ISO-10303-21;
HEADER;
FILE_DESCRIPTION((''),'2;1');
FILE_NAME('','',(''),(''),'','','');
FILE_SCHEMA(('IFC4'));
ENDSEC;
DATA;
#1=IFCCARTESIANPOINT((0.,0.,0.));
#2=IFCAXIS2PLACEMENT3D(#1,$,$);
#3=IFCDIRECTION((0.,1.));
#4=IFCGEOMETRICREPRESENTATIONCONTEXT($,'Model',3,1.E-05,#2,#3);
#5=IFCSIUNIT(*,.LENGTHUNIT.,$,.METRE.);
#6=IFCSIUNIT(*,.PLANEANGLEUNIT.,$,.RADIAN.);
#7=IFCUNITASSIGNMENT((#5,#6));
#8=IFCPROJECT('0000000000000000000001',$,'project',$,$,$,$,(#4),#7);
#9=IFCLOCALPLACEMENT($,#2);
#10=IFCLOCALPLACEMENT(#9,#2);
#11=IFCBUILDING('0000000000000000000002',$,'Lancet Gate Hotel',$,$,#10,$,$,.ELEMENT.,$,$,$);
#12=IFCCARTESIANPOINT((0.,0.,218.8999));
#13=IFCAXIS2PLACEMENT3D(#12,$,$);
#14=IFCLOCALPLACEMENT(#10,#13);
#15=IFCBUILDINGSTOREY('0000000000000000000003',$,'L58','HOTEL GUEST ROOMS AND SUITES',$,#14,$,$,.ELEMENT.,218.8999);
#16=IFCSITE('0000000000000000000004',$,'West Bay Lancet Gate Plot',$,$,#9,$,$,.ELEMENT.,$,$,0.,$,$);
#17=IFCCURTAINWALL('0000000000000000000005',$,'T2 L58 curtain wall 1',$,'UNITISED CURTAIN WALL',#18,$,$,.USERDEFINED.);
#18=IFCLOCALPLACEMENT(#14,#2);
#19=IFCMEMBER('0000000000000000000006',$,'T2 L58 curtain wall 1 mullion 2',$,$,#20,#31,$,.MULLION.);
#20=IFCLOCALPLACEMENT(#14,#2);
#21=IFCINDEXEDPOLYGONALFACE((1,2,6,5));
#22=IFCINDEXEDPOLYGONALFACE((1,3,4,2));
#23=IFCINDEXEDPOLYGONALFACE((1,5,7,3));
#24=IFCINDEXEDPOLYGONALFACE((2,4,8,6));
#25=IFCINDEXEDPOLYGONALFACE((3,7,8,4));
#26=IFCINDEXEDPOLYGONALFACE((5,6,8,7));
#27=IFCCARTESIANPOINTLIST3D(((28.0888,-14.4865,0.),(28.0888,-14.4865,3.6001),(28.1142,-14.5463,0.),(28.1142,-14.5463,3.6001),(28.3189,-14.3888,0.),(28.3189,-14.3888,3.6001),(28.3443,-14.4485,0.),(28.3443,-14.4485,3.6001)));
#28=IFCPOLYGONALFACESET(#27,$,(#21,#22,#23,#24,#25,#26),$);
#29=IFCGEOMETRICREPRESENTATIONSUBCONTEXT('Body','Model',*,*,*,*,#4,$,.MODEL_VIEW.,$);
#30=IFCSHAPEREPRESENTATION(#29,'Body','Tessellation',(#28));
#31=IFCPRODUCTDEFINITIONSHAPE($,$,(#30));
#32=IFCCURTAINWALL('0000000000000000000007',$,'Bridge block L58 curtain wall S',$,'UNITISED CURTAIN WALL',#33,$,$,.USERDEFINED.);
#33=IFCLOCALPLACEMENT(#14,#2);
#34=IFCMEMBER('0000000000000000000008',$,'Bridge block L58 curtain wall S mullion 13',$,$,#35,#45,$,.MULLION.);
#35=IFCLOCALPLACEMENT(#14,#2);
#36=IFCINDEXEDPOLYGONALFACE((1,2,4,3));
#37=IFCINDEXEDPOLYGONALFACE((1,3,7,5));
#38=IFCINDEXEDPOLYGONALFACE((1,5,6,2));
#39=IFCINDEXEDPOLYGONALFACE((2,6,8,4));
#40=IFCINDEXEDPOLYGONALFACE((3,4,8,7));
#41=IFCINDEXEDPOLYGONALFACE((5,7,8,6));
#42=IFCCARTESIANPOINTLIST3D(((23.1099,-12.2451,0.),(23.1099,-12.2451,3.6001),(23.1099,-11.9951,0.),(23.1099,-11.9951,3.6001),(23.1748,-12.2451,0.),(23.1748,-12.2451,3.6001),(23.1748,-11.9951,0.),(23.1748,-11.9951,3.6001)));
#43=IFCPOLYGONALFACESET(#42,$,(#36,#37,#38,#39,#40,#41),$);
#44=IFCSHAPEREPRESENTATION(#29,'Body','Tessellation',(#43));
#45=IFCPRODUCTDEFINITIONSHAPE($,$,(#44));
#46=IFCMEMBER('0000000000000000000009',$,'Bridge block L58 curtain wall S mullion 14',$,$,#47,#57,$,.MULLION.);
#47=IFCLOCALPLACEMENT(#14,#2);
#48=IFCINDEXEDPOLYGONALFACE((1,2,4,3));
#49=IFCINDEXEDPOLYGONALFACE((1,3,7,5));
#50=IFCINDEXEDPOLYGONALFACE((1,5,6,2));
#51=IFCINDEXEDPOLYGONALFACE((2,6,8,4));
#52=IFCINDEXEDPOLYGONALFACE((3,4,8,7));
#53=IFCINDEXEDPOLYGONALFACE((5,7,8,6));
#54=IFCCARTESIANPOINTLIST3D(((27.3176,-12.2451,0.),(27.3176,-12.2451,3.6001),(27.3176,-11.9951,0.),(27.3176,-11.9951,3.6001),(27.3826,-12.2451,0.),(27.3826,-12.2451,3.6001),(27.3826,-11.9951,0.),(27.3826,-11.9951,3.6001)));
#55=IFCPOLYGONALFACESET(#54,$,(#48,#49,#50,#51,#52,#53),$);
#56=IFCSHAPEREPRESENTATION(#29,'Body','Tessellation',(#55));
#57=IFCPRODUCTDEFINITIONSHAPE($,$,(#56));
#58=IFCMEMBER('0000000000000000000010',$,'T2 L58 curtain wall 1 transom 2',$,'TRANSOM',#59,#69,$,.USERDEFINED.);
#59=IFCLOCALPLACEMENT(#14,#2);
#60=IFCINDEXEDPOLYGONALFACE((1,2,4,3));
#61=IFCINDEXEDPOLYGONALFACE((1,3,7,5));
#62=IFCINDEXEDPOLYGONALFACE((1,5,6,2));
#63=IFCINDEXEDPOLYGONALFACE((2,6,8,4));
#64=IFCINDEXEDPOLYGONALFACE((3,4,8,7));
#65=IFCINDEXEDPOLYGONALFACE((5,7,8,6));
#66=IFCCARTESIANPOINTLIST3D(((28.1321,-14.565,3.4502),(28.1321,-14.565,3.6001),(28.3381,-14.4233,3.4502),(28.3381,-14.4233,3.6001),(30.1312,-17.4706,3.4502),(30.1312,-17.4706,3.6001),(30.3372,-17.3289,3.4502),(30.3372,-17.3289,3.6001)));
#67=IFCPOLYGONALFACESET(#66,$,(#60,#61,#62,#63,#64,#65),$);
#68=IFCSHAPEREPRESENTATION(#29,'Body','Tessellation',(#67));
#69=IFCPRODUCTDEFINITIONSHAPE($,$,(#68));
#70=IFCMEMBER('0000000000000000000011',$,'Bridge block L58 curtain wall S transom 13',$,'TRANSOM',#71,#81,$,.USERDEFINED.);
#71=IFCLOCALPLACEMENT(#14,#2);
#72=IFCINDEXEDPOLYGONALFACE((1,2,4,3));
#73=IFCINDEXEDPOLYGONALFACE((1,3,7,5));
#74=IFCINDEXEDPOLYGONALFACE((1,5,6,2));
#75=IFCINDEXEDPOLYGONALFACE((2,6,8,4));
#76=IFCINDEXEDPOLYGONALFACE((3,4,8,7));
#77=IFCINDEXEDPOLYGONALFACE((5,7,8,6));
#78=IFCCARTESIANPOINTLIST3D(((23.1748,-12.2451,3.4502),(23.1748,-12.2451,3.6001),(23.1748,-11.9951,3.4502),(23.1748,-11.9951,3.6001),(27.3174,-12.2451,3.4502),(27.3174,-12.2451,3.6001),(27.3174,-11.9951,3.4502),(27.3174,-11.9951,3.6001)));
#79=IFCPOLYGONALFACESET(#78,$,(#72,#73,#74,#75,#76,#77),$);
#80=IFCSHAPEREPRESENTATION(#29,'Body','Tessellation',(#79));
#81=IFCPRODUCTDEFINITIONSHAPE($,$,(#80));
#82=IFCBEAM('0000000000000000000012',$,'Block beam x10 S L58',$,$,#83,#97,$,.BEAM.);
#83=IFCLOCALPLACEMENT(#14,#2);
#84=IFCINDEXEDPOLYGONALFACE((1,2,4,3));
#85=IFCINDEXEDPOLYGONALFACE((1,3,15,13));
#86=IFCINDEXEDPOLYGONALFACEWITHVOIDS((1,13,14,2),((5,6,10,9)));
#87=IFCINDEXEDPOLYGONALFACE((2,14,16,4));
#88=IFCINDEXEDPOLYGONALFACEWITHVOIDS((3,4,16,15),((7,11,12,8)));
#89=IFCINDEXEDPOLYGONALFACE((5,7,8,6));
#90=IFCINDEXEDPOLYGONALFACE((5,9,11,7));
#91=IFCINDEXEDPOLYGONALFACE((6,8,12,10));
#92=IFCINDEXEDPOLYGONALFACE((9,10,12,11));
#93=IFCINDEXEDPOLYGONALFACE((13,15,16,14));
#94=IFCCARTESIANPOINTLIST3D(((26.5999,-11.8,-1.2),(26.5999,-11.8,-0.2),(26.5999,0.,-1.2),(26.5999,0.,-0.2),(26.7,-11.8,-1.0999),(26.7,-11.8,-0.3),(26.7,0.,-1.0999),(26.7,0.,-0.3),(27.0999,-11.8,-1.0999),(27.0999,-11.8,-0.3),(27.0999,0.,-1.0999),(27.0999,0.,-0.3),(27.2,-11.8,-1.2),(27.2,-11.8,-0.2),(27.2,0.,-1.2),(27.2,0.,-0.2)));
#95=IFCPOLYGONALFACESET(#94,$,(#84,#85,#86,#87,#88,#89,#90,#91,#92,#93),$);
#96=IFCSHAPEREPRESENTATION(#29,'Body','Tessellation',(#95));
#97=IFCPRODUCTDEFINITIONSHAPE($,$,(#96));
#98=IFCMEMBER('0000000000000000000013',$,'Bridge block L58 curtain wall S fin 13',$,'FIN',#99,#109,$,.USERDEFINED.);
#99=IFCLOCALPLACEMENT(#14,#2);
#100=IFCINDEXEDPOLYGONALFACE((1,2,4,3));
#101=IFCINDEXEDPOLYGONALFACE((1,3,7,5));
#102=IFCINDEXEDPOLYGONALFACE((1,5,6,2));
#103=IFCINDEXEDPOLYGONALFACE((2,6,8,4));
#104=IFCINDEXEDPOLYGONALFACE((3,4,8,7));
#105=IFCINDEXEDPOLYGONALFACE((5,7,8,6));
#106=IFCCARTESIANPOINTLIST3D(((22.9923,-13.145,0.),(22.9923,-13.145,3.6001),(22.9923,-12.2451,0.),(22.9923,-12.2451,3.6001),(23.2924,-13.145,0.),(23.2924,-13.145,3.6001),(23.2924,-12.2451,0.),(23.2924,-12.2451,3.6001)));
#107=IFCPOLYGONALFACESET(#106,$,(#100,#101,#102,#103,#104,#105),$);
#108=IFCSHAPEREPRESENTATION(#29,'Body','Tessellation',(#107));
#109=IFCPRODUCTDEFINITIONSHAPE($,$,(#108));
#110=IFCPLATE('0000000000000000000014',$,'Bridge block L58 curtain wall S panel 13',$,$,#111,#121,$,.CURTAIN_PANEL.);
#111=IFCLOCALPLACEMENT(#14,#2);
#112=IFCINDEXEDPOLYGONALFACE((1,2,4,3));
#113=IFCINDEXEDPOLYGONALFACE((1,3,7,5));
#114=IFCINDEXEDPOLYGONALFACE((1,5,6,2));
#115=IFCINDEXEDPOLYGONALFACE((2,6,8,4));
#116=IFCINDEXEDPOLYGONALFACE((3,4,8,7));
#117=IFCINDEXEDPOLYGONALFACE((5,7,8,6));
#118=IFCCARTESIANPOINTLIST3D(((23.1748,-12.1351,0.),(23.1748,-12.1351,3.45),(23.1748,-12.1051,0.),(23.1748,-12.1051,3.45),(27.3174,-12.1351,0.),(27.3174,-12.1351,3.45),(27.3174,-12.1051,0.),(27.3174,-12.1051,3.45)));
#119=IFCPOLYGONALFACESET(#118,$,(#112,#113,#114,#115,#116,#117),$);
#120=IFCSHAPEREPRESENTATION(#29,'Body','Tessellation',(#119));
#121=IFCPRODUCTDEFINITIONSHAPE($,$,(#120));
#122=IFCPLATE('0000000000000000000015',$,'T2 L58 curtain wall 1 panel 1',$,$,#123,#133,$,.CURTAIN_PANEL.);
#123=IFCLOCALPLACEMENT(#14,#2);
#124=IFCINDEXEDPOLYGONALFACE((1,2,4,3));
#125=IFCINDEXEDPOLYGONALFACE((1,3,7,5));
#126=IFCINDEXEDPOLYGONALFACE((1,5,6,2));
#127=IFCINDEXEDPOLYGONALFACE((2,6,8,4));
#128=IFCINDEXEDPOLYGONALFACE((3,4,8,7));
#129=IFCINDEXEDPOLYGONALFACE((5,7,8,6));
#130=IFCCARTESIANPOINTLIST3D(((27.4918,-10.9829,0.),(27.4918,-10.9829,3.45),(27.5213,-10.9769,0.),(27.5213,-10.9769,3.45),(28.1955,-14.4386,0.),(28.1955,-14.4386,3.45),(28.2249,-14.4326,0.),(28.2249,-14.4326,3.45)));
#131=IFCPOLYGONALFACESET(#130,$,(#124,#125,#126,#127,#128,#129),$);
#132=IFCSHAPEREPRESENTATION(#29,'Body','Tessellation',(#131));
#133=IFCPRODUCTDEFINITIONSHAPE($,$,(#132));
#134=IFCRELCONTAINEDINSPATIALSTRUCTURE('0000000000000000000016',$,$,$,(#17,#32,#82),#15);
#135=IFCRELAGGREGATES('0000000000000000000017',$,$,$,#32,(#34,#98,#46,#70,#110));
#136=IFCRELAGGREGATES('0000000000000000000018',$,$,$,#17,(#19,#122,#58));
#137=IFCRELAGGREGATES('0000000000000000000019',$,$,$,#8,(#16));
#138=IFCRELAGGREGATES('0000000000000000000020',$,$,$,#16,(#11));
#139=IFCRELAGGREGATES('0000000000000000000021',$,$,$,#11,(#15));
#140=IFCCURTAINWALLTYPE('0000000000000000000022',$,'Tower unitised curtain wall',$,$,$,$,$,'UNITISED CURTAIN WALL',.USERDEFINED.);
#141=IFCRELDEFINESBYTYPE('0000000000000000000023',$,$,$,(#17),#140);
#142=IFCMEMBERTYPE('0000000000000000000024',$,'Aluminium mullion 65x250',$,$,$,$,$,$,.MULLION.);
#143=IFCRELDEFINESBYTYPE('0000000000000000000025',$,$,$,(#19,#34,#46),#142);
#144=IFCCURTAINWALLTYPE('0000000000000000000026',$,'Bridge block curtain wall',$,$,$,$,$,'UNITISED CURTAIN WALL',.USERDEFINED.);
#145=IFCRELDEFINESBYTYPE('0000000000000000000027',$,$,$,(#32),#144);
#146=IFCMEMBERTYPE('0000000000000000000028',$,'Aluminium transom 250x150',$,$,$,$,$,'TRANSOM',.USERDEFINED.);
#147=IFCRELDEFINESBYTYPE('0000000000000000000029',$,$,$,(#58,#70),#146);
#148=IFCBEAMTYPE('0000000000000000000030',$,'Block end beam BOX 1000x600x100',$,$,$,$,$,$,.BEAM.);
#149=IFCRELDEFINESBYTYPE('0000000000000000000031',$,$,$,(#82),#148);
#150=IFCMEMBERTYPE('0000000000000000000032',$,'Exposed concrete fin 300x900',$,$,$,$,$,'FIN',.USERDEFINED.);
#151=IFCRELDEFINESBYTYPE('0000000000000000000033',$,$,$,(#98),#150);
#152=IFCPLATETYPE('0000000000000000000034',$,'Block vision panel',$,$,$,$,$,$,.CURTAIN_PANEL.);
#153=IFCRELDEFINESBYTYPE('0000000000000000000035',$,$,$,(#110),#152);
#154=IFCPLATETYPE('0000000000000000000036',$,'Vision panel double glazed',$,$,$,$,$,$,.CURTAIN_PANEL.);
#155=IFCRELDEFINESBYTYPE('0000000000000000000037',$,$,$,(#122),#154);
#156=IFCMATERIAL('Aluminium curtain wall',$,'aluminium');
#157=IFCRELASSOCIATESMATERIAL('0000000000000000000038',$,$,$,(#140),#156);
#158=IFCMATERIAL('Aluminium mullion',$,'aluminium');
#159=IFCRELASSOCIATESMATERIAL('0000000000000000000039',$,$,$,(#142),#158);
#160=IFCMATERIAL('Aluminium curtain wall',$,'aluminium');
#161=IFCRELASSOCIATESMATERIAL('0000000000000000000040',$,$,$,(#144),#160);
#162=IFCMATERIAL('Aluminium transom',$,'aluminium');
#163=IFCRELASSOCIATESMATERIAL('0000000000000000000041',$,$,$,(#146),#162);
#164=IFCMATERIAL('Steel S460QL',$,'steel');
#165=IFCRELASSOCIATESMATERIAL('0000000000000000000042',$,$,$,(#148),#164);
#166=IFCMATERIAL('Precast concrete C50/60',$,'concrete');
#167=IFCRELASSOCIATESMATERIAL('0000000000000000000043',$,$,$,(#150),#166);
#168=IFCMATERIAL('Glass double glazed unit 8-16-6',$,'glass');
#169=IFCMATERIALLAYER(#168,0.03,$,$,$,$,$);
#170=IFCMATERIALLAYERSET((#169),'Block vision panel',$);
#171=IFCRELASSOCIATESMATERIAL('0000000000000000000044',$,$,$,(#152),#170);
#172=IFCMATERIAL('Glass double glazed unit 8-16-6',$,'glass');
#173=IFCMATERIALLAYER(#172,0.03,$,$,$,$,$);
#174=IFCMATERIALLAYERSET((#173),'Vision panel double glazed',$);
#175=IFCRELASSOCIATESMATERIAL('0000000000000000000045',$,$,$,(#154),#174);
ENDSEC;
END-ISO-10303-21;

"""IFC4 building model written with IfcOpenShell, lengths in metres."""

from ifc_helpers import new_model, si_unit, direction, frame, origin, origin_2d, place, context, subcontext, project, spatial, rectangle, hollow_rectangle, extrude, material, layer, layer_set, material_profile, profile_set, type_object, element, aggregate, save


model = new_model("IFC4")

# Units and contexts
model_context = context("Model", 3, precision=1e-05, world=origin(), true_north=direction((0.0, 1.0)))
body_context = subcontext(model_context, "Body", "Model", "MODEL_VIEW")
ifc_project = project(units=[si_unit("LENGTHUNIT", "METRE"), si_unit("PLANEANGLEUNIT", "RADIAN")], contexts=[model_context])

# Site, building, storey
site_placement = place(None, origin())
site = spatial("IfcSite", under=ifc_project, at=site_placement, Name="West Bay Lancet Gate Plot", CompositionType="ELEMENT", RefElevation=0.0)
building_placement = place(site_placement, origin())
building = spatial("IfcBuilding", under=site, at=building_placement, Name="Lancet Gate Hotel", CompositionType="ELEMENT")
storey_placement = place(building_placement, frame((0.0, 0.0, 218.8999)))
storey = spatial("IfcBuildingStorey", under=building, at=storey_placement, Name="L58", Description="HOTEL GUEST ROOMS AND SUITES", CompositionType="ELEMENT", Elevation=218.8999)

# Curtain wall, member
ifc_material_1 = material(Name="Aluminium curtain wall", Category="aluminium")
curtain_wall_type_1 = type_object("IfcCurtainWallType", Name="Tower unitised curtain wall", ElementType="UNITISED CURTAIN WALL", PredefinedType="USERDEFINED", material=ifc_material_1)
curtain_wall_1_placement = place(storey_placement, origin())
curtain_wall_1 = element("IfcCurtainWall", 1, at=curtain_wall_1_placement, inside=storey, type_object=curtain_wall_type_1, Name="T2 L58 curtain wall 1", ObjectType="UNITISED CURTAIN WALL", PredefinedType="USERDEFINED")
ifc_material_2 = material(Name="Aluminium mullion", Category="aluminium")
ifc_material_profile_1 = material_profile(ifc_material_2, rectangle(XDim=0.0649, YDim=0.25, at=origin_2d()), Name="MULLION 65x250")
ifc_profile_set_1 = profile_set([ifc_material_profile_1], Name="Aluminium mullion")
member_type_1 = type_object("IfcMemberType", Name="Aluminium mullion 65x250", PredefinedType="MULLION", material=ifc_profile_set_1)
member_1_placement = place(storey_placement, frame((28.2166, -14.4675, 0.0), z_axis=(0.0, 0.0, 1.0), x_axis=(0.391042, -0.920373, 0.0)))
member_1 = element("IfcMember", 2, at=member_1_placement, type_object=member_type_1, Name="T2 L58 curtain wall 1 mullion 2", PredefinedType="MULLION", context=body_context, shape_type="SweptSolid", body=[
    extrude(rectangle(XDim=0.0649, YDim=0.25, at=origin_2d()), origin(), (0.0, 0.0, 1.0), 3.6001),
])

# Curtain wall, members
ifc_material_3 = material(Name="Aluminium curtain wall", Category="aluminium")
curtain_wall_type_2 = type_object("IfcCurtainWallType", Name="Bridge block curtain wall", ElementType="UNITISED CURTAIN WALL", PredefinedType="USERDEFINED", material=ifc_material_3)
curtain_wall_2_placement = place(storey_placement, origin())
curtain_wall_2 = element("IfcCurtainWall", 3, at=curtain_wall_2_placement, inside=storey, type_object=curtain_wall_type_2, Name="Bridge block L58 curtain wall S", ObjectType="UNITISED CURTAIN WALL", PredefinedType="USERDEFINED")
member_2_placement = place(storey_placement, frame((23.1423, -12.1201, 0.0), z_axis=(0.0, 0.0, 1.0), x_axis=(1.0, 0.0, 0.0)))
member_2 = element("IfcMember", 4, at=member_2_placement, type_object=member_type_1, Name="Bridge block L58 curtain wall S mullion 13", PredefinedType="MULLION", context=body_context, shape_type="SweptSolid", body=[
    extrude(rectangle(XDim=0.0649, YDim=0.25, at=origin_2d()), origin(), (0.0, 0.0, 1.0), 3.6001),
])
member_3_placement = place(storey_placement, frame((27.3501, -12.1201, 0.0), z_axis=(0.0, 0.0, 1.0), x_axis=(1.0, 0.0, 0.0)))
member_3 = element("IfcMember", 5, at=member_3_placement, type_object=member_type_1, Name="Bridge block L58 curtain wall S mullion 14", PredefinedType="MULLION", context=body_context, shape_type="SweptSolid", body=[
    extrude(rectangle(XDim=0.0649, YDim=0.25, at=origin_2d()), origin(), (0.0, 0.0, 1.0), 3.6001),
])

# Members
ifc_material_4 = material(Name="Aluminium transom", Category="aluminium")
ifc_material_profile_2 = material_profile(ifc_material_4, rectangle(XDim=0.25, YDim=0.1499, at=origin_2d()), Name="TRANSOM 250x150")
ifc_profile_set_2 = profile_set([ifc_material_profile_2], Name="Aluminium transom")
member_type_2 = type_object("IfcMemberType", Name="Aluminium transom 250x150", ElementType="TRANSOM", PredefinedType="USERDEFINED", material=ifc_profile_set_2)
member_4_placement = place(storey_placement, frame((28.2351, -14.4941, 3.5251), z_axis=(0.566814, -0.823846, 0.0), x_axis=(0.823846, 0.566814, 0.0)))
member_4 = element("IfcMember", 6, at=member_4_placement, type_object=member_type_2, Name="T2 L58 curtain wall 1 transom 2", ObjectType="TRANSOM", PredefinedType="USERDEFINED", context=body_context, shape_type="SweptSolid", body=[
    extrude(rectangle(XDim=0.25, YDim=0.1499, at=origin_2d()), origin(), (0.0, 0.0, 1.0), 3.5269),
])
member_5_placement = place(storey_placement, frame((23.1748, -12.1201, 3.5251), z_axis=(1.0, 0.0, 0.0), x_axis=(0.0, 1.0, 0.0)))
member_5 = element("IfcMember", 7, at=member_5_placement, type_object=member_type_2, Name="Bridge block L58 curtain wall S transom 13", ObjectType="TRANSOM", PredefinedType="USERDEFINED", context=body_context, shape_type="SweptSolid", body=[
    extrude(rectangle(XDim=0.25, YDim=0.1499, at=origin_2d()), origin(), (0.0, 0.0, 1.0), 4.1426),
])

# Beam
ifc_material_5 = material(Name="Steel S460QL", Category="steel")
ifc_material_profile_3 = material_profile(ifc_material_5, hollow_rectangle(XDim=0.6001, YDim=1.0, WallThickness=0.1001, at=origin_2d()), Name="BOX 1000x600x100")
ifc_profile_set_3 = profile_set([ifc_material_profile_3], Name="Steel S460QL")
beam_type = type_object("IfcBeamType", Name="Block end beam BOX 1000x600x100", PredefinedType="BEAM", material=ifc_profile_set_3)
beam_placement = place(storey_placement, frame((26.8999, -11.8, -0.7), z_axis=(0.0, 1.0, 0.0), x_axis=(-1.0, 0.0, 0.0)))
element("IfcBeam", 8, at=beam_placement, inside=storey, type_object=beam_type, Name="Block beam x10 S L58", PredefinedType="BEAM", context=body_context, shape_type="SweptSolid", body=[
    extrude(hollow_rectangle(XDim=0.6001, YDim=1.0, WallThickness=0.1001, at=origin_2d()), origin(), (0.0, 0.0, 1.0), 11.8),
])

# Member
ifc_material_6 = material(Name="Precast concrete C50/60", Category="concrete")
ifc_material_profile_4 = material_profile(ifc_material_6, rectangle(XDim=0.3, YDim=0.8999, at=origin_2d()), Name="FIN 300x900")
ifc_profile_set_4 = profile_set([ifc_material_profile_4], Name="Precast concrete C50/60")
member_type_3 = type_object("IfcMemberType", Name="Exposed concrete fin 300x900", ElementType="FIN", PredefinedType="USERDEFINED", material=ifc_profile_set_4)
member_6_placement = place(storey_placement, frame((23.1423, -12.6951, 0.0), z_axis=(0.0, 0.0, 1.0), x_axis=(1.0, 0.0, 0.0)))
member_6 = element("IfcMember", 9, at=member_6_placement, type_object=member_type_3, Name="Bridge block L58 curtain wall S fin 13", ObjectType="FIN", PredefinedType="USERDEFINED", context=body_context, shape_type="SweptSolid", body=[
    extrude(rectangle(XDim=0.3, YDim=0.8999, at=origin_2d()), origin(), (0.0, 0.0, 1.0), 3.6001),
])

# Plates
ifc_material_7 = material(Name="Glass double glazed unit 8-16-6", Category="glass")
ifc_layer_1 = layer(ifc_material_7, 0.03)
ifc_layer_set_1 = layer_set([ifc_layer_1], Name="Block vision panel")
plate_type_1 = type_object("IfcPlateType", Name="Block vision panel", PredefinedType="CURTAIN_PANEL", material=ifc_layer_set_1)
plate_1_placement = place(storey_placement, frame((25.2461, -12.1201, 0.0), z_axis=(0.0, 0.0, 1.0), x_axis=(1.0, 0.0, 0.0)))
plate_1 = element("IfcPlate", 10, at=plate_1_placement, type_object=plate_type_1, Name="Bridge block L58 curtain wall S panel 13", PredefinedType="CURTAIN_PANEL", context=body_context, shape_type="SweptSolid", body=[
    extrude(rectangle(XDim=4.1426, YDim=0.03, at=origin_2d()), origin(), (0.0, 0.0, 1.0), 3.45),
])
aggregate(curtain_wall_2, [member_2, member_6, member_3, member_5, plate_1])
ifc_material_8 = material(Name="Glass double glazed unit 8-16-6", Category="glass")
ifc_layer_2 = layer(ifc_material_8, 0.03)
ifc_layer_set_2 = layer_set([ifc_layer_2], Name="Vision panel double glazed")
plate_type_2 = type_object("IfcPlateType", Name="Vision panel double glazed", PredefinedType="CURTAIN_PANEL", material=ifc_layer_set_2)
plate_2_placement = place(storey_placement, frame((27.8584, -12.7078, 0.0), z_axis=(0.0, 0.0, 1.0), x_axis=(0.199533, -0.979891, 0.0)))
plate_2 = element("IfcPlate", 11, at=plate_2_placement, type_object=plate_type_2, Name="T2 L58 curtain wall 1 panel 1", PredefinedType="CURTAIN_PANEL", context=body_context, shape_type="SweptSolid", body=[
    extrude(rectangle(XDim=3.5266, YDim=0.03, at=origin_2d()), origin(), (0.0, 0.0, 1.0), 3.45),
])
aggregate(curtain_wall_1, [member_1, plate_2, member_4])

save(model, "model.ifc")
